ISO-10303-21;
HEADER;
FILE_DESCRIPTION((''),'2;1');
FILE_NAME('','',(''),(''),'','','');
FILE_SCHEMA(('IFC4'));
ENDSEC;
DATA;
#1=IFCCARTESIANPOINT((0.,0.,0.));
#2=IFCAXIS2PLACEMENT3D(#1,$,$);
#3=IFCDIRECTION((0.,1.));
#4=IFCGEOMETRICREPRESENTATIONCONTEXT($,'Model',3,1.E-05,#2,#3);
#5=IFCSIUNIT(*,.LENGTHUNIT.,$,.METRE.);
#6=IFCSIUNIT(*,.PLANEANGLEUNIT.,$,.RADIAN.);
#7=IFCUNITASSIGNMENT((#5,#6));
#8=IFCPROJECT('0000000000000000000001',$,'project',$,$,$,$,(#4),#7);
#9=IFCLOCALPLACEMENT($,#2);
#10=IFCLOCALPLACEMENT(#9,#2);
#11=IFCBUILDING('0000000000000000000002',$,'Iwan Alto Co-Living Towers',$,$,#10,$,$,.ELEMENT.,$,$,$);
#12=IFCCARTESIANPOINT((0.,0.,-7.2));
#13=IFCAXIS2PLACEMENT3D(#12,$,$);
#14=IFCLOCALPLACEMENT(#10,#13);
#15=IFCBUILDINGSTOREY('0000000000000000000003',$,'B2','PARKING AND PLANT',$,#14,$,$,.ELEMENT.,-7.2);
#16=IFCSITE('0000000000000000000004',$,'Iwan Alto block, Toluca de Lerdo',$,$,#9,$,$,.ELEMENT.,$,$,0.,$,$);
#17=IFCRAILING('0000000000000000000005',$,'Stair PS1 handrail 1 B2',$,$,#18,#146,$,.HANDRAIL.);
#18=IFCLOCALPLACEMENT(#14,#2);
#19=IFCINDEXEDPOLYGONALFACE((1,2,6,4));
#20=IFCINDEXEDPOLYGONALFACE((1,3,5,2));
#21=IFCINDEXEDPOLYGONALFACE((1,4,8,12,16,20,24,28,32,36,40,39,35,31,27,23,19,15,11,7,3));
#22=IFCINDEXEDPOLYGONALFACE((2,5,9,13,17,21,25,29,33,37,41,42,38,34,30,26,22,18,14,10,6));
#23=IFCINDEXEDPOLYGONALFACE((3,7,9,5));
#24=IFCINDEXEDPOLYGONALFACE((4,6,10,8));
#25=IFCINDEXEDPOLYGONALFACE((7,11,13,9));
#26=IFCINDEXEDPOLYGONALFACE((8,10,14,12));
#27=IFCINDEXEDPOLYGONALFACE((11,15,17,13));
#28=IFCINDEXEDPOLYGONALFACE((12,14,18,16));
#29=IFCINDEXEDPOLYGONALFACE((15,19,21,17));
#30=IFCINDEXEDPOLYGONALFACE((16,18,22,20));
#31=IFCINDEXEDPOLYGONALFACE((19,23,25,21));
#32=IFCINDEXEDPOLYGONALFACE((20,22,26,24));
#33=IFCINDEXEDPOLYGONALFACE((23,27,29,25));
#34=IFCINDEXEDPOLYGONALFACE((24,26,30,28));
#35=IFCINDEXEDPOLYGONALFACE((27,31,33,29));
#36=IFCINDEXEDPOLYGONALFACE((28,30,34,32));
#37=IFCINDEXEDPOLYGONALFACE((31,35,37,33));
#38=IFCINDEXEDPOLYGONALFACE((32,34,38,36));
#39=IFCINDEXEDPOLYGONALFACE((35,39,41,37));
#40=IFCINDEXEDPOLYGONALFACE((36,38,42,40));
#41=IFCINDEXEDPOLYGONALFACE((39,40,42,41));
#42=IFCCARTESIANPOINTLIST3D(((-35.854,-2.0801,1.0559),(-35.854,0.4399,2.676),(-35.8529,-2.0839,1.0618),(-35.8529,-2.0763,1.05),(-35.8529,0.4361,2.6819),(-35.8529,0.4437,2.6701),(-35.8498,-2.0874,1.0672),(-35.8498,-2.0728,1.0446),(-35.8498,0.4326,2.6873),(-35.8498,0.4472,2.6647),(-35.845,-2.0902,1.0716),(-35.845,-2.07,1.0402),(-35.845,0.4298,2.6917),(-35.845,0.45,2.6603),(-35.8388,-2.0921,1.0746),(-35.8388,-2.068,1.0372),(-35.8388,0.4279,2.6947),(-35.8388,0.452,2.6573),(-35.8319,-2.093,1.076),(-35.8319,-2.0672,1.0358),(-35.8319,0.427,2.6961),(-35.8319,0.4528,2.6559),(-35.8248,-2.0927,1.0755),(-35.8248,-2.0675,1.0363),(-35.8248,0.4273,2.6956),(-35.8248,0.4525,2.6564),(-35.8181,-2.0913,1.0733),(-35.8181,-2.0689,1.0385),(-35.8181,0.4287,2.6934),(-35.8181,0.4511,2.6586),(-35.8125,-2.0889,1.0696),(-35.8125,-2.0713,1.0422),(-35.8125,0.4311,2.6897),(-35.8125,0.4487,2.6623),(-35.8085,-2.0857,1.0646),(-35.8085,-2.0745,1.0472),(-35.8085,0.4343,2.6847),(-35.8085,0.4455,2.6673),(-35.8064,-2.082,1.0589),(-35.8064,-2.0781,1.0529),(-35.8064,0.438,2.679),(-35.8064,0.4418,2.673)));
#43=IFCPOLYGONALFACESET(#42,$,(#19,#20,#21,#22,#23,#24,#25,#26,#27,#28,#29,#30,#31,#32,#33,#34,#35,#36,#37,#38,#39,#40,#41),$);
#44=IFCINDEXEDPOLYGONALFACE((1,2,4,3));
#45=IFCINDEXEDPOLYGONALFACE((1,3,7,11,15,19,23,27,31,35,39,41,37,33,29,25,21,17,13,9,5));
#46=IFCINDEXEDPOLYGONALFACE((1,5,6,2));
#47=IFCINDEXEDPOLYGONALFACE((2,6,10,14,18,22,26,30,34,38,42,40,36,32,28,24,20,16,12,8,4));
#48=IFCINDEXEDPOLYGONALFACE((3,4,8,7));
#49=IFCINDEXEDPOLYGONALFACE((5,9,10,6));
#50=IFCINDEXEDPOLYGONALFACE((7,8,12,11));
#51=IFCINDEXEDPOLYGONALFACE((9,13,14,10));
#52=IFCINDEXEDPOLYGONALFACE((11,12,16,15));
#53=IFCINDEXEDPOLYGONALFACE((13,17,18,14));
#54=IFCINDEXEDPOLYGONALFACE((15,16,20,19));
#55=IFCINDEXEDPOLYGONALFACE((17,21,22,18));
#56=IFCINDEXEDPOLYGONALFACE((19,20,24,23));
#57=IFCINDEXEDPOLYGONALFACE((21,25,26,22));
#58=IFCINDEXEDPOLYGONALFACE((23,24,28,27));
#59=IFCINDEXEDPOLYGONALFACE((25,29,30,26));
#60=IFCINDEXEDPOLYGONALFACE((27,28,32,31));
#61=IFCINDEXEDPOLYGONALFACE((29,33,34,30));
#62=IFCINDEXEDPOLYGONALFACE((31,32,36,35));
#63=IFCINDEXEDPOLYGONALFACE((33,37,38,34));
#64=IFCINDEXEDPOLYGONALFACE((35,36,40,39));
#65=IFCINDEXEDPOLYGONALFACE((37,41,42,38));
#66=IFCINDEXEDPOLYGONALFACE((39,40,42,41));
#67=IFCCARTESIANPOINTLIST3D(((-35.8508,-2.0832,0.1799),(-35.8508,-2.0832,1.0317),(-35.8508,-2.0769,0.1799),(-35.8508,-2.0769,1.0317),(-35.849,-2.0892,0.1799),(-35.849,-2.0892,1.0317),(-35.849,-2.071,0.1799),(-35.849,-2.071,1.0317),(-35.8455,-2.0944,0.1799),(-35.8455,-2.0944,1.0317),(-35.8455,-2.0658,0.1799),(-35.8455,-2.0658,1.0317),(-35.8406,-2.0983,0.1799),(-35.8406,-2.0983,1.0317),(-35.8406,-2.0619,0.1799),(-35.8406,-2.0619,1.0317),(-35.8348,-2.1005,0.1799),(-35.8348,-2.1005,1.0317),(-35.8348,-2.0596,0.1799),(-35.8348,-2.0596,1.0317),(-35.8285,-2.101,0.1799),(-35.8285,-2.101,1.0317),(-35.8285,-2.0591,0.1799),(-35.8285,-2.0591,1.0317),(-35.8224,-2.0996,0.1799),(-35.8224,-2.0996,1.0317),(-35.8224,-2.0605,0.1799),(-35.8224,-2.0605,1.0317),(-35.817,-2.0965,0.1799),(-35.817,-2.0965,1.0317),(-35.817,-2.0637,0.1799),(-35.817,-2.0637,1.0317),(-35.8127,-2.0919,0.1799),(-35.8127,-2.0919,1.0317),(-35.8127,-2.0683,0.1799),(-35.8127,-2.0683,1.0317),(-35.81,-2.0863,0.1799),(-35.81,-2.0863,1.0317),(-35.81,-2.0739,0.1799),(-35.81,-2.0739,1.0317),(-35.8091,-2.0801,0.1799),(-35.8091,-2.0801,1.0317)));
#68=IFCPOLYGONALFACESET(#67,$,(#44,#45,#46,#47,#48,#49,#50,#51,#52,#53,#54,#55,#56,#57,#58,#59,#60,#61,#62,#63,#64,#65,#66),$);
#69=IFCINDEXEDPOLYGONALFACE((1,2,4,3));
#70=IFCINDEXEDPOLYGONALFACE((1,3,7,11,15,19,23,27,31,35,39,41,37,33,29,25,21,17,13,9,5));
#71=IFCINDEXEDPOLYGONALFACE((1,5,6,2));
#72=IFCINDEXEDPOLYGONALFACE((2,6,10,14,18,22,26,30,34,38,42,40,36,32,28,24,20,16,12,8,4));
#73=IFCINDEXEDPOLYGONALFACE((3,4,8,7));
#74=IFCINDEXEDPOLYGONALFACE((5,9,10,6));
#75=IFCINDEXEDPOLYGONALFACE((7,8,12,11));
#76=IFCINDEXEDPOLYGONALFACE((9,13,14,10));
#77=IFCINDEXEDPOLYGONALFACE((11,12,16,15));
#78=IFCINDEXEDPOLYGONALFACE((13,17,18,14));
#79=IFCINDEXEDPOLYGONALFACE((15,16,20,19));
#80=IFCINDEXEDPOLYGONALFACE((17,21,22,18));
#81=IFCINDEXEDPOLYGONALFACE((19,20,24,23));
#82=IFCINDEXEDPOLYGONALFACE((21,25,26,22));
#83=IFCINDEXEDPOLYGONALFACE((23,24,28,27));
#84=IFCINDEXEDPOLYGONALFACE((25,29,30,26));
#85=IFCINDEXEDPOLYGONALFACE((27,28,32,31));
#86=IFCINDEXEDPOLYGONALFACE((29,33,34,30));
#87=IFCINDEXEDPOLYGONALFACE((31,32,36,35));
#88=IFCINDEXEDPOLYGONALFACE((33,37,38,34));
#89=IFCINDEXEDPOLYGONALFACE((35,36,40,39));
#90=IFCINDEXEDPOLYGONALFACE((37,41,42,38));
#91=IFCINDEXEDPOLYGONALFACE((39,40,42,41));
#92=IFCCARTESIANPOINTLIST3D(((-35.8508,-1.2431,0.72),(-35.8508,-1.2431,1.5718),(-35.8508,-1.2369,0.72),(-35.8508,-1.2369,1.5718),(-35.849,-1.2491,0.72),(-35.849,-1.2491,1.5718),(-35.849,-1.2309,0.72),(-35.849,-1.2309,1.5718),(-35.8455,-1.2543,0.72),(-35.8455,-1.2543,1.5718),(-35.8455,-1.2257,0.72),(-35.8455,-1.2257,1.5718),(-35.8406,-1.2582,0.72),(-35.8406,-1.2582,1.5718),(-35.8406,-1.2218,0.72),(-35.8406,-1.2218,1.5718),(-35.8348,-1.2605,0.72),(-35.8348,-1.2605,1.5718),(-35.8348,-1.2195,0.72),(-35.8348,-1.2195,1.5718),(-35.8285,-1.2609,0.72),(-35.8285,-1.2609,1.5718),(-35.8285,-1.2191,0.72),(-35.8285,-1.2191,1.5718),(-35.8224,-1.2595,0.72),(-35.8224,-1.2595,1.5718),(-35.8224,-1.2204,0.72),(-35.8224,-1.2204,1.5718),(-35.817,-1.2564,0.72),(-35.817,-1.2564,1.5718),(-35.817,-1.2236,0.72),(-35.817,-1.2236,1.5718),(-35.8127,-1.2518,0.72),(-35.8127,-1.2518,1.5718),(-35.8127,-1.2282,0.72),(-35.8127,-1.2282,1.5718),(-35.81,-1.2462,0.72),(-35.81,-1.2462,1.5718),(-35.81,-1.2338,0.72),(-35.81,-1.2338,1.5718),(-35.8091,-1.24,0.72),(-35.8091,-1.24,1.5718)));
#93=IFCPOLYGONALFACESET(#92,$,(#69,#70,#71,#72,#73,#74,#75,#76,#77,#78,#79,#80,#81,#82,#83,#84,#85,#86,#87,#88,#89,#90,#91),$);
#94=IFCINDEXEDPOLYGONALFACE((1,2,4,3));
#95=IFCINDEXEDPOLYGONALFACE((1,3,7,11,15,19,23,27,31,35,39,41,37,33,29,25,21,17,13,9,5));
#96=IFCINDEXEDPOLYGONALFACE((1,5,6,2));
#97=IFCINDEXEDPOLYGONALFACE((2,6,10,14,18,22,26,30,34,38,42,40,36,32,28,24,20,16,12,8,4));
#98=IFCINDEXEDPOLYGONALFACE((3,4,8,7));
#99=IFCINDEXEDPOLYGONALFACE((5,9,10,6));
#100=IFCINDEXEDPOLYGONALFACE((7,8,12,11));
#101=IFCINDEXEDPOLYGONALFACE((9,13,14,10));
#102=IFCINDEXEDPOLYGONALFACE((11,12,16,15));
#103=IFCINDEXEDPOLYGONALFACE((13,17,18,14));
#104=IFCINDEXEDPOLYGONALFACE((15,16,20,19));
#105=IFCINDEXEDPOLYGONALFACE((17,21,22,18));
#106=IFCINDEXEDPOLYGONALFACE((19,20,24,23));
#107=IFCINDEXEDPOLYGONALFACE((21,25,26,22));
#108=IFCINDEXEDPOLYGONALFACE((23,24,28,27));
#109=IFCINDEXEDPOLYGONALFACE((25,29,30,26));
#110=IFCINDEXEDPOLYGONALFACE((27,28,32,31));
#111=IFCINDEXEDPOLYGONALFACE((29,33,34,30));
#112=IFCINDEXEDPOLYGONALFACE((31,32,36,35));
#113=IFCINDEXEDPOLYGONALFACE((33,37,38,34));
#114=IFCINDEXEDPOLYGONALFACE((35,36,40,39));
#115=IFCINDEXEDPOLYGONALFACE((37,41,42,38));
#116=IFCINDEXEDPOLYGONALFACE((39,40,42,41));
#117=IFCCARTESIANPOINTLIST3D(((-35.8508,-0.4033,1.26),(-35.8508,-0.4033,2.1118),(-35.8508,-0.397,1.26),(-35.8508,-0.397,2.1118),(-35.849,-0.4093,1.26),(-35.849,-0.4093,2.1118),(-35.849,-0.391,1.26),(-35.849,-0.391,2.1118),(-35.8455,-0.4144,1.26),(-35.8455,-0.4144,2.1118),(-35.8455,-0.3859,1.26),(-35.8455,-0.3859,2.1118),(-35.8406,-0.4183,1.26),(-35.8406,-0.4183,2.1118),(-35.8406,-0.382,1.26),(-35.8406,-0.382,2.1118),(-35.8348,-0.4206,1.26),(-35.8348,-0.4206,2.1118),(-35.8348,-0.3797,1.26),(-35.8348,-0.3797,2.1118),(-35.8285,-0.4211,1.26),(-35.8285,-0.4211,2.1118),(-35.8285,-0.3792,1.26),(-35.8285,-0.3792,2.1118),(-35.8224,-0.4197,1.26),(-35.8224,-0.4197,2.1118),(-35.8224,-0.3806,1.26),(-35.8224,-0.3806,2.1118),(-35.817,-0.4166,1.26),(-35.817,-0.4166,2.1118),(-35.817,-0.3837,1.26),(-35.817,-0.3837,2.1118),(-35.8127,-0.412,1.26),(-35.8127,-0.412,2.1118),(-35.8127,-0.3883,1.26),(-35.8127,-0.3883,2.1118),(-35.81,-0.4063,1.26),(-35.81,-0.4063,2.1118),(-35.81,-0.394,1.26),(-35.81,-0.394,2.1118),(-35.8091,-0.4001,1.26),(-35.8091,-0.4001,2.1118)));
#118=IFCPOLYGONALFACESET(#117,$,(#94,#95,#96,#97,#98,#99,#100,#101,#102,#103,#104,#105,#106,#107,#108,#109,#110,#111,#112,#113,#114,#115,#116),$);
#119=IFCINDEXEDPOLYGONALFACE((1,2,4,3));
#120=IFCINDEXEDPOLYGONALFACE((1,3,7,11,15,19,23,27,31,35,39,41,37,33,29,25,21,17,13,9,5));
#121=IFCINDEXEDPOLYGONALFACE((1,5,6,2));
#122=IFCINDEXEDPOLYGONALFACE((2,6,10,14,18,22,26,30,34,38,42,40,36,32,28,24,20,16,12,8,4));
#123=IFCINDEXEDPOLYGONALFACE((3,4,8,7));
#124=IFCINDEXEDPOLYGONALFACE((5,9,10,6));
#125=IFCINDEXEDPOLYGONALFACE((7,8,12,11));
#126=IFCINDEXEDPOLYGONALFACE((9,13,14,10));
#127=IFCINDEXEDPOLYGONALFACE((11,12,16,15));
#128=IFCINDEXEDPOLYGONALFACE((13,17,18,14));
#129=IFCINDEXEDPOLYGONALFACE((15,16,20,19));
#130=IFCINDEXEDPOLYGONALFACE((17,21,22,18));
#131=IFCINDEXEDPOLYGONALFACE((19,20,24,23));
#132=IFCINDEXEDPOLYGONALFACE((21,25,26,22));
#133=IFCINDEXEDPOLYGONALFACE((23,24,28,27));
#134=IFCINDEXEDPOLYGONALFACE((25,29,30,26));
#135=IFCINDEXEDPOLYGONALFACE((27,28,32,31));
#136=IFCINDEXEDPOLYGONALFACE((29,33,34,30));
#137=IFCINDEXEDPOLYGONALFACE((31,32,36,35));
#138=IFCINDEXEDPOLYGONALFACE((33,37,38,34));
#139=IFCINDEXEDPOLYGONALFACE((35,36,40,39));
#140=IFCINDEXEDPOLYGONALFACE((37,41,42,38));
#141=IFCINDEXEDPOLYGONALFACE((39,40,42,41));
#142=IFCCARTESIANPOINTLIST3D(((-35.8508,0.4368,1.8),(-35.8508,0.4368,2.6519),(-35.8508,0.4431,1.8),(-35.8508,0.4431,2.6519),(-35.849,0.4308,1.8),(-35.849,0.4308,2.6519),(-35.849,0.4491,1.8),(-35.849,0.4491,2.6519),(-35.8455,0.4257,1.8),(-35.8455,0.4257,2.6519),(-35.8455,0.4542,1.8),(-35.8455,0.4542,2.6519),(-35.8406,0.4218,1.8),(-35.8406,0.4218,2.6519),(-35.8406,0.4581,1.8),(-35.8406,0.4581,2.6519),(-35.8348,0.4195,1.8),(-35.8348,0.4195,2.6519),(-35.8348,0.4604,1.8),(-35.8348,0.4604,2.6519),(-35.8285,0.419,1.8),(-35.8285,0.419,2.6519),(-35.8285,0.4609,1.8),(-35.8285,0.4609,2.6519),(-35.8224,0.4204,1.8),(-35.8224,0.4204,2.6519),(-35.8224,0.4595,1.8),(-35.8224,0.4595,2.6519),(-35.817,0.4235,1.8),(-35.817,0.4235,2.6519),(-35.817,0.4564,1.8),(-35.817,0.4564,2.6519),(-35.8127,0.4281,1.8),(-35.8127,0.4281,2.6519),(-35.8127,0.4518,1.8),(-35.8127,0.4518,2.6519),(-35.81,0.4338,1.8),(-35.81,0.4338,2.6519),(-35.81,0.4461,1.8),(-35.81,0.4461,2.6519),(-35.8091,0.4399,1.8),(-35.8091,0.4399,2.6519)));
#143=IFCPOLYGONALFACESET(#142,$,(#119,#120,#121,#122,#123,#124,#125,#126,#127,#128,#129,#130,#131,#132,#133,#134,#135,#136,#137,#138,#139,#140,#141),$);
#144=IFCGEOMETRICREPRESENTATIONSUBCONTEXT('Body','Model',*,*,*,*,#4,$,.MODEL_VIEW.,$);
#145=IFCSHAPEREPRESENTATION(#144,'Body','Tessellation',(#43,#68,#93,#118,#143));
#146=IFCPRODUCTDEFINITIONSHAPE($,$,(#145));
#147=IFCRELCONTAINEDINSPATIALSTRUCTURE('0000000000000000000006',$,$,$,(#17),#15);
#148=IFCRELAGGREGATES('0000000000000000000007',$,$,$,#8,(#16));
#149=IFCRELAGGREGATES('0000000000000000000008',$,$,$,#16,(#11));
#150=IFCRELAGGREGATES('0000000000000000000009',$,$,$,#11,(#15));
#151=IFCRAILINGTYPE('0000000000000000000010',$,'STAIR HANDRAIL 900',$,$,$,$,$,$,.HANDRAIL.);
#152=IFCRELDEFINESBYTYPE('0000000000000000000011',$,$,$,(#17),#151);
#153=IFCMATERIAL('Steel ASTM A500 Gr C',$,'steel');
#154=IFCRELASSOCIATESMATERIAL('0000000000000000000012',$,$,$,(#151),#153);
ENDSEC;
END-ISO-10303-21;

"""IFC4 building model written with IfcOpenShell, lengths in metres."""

from ifc_helpers import new_model, si_unit, direction, frame, origin, origin_2d, place, context, subcontext, project, spatial, circle, extrude, material, type_object, element, save


model = new_model("IFC4")

# Units and contexts
model_context = context("Model", 3, precision=1e-05, world=origin(), true_north=direction((0.0, 1.0)))
body_context = subcontext(model_context, "Body", "Model", "MODEL_VIEW")
ifc_project = project(units=[si_unit("LENGTHUNIT", "METRE"), si_unit("PLANEANGLEUNIT", "RADIAN")], contexts=[model_context])

# Site, building, storey
site_placement = place(None, origin())
site = spatial("IfcSite", under=ifc_project, at=site_placement, Name="Iwan Alto block, Toluca de Lerdo", CompositionType="ELEMENT", RefElevation=0.0)
building_placement = place(site_placement, origin())
building = spatial("IfcBuilding", under=site, at=building_placement, Name="Iwan Alto Co-Living Towers", CompositionType="ELEMENT")
storey_placement = place(building_placement, frame((0.0, 0.0, -7.2)))
storey = spatial("IfcBuildingStorey", under=building, at=storey_placement, Name="B2", Description="PARKING AND PLANT", CompositionType="ELEMENT", Elevation=-7.2)

# Railing
ifc_material_1 = material(Name="Steel ASTM A500 Gr C", Category="steel")
railing_type_1 = type_object("IfcRailingType", Name="STAIR HANDRAIL 900", PredefinedType="HANDRAIL", material=ifc_material_1)
railing_1_placement = place(storey_placement, frame((-35.8301, -2.0801, 0.1799)))
element("IfcRailing", 1, at=railing_1_placement, inside=storey, type_object=railing_type_1, Name="Stair PS1 handrail 1 B2", PredefinedType="HANDRAIL", context=body_context, shape_type="SweptSolid", body=[
    extrude(circle(Radius=0.0239, at=origin_2d()), frame((0.0, 0.0, 0.876), z_axis=(0.0, 0.841163, 0.540782), x_axis=(-1.0, 0.0, 0.0)), (0.0, 0.0, 1.0), 2.9958),
    extrude(circle(Radius=0.021, at=origin_2d()), origin(), (0.0, 0.0, 1.0), 0.8518),
    extrude(circle(Radius=0.021, at=origin_2d()), frame((0.0, 0.8401, 0.54)), (0.0, 0.0, 1.0), 0.8518),
    extrude(circle(Radius=0.021, at=origin_2d()), frame((0.0, 1.6799, 1.0801)), (0.0, 0.0, 1.0), 0.8518),
    extrude(circle(Radius=0.021, at=origin_2d()), frame((0.0, 2.52, 1.6201)), (0.0, 0.0, 1.0), 0.8518),
])

save(model, "model.ifc")
